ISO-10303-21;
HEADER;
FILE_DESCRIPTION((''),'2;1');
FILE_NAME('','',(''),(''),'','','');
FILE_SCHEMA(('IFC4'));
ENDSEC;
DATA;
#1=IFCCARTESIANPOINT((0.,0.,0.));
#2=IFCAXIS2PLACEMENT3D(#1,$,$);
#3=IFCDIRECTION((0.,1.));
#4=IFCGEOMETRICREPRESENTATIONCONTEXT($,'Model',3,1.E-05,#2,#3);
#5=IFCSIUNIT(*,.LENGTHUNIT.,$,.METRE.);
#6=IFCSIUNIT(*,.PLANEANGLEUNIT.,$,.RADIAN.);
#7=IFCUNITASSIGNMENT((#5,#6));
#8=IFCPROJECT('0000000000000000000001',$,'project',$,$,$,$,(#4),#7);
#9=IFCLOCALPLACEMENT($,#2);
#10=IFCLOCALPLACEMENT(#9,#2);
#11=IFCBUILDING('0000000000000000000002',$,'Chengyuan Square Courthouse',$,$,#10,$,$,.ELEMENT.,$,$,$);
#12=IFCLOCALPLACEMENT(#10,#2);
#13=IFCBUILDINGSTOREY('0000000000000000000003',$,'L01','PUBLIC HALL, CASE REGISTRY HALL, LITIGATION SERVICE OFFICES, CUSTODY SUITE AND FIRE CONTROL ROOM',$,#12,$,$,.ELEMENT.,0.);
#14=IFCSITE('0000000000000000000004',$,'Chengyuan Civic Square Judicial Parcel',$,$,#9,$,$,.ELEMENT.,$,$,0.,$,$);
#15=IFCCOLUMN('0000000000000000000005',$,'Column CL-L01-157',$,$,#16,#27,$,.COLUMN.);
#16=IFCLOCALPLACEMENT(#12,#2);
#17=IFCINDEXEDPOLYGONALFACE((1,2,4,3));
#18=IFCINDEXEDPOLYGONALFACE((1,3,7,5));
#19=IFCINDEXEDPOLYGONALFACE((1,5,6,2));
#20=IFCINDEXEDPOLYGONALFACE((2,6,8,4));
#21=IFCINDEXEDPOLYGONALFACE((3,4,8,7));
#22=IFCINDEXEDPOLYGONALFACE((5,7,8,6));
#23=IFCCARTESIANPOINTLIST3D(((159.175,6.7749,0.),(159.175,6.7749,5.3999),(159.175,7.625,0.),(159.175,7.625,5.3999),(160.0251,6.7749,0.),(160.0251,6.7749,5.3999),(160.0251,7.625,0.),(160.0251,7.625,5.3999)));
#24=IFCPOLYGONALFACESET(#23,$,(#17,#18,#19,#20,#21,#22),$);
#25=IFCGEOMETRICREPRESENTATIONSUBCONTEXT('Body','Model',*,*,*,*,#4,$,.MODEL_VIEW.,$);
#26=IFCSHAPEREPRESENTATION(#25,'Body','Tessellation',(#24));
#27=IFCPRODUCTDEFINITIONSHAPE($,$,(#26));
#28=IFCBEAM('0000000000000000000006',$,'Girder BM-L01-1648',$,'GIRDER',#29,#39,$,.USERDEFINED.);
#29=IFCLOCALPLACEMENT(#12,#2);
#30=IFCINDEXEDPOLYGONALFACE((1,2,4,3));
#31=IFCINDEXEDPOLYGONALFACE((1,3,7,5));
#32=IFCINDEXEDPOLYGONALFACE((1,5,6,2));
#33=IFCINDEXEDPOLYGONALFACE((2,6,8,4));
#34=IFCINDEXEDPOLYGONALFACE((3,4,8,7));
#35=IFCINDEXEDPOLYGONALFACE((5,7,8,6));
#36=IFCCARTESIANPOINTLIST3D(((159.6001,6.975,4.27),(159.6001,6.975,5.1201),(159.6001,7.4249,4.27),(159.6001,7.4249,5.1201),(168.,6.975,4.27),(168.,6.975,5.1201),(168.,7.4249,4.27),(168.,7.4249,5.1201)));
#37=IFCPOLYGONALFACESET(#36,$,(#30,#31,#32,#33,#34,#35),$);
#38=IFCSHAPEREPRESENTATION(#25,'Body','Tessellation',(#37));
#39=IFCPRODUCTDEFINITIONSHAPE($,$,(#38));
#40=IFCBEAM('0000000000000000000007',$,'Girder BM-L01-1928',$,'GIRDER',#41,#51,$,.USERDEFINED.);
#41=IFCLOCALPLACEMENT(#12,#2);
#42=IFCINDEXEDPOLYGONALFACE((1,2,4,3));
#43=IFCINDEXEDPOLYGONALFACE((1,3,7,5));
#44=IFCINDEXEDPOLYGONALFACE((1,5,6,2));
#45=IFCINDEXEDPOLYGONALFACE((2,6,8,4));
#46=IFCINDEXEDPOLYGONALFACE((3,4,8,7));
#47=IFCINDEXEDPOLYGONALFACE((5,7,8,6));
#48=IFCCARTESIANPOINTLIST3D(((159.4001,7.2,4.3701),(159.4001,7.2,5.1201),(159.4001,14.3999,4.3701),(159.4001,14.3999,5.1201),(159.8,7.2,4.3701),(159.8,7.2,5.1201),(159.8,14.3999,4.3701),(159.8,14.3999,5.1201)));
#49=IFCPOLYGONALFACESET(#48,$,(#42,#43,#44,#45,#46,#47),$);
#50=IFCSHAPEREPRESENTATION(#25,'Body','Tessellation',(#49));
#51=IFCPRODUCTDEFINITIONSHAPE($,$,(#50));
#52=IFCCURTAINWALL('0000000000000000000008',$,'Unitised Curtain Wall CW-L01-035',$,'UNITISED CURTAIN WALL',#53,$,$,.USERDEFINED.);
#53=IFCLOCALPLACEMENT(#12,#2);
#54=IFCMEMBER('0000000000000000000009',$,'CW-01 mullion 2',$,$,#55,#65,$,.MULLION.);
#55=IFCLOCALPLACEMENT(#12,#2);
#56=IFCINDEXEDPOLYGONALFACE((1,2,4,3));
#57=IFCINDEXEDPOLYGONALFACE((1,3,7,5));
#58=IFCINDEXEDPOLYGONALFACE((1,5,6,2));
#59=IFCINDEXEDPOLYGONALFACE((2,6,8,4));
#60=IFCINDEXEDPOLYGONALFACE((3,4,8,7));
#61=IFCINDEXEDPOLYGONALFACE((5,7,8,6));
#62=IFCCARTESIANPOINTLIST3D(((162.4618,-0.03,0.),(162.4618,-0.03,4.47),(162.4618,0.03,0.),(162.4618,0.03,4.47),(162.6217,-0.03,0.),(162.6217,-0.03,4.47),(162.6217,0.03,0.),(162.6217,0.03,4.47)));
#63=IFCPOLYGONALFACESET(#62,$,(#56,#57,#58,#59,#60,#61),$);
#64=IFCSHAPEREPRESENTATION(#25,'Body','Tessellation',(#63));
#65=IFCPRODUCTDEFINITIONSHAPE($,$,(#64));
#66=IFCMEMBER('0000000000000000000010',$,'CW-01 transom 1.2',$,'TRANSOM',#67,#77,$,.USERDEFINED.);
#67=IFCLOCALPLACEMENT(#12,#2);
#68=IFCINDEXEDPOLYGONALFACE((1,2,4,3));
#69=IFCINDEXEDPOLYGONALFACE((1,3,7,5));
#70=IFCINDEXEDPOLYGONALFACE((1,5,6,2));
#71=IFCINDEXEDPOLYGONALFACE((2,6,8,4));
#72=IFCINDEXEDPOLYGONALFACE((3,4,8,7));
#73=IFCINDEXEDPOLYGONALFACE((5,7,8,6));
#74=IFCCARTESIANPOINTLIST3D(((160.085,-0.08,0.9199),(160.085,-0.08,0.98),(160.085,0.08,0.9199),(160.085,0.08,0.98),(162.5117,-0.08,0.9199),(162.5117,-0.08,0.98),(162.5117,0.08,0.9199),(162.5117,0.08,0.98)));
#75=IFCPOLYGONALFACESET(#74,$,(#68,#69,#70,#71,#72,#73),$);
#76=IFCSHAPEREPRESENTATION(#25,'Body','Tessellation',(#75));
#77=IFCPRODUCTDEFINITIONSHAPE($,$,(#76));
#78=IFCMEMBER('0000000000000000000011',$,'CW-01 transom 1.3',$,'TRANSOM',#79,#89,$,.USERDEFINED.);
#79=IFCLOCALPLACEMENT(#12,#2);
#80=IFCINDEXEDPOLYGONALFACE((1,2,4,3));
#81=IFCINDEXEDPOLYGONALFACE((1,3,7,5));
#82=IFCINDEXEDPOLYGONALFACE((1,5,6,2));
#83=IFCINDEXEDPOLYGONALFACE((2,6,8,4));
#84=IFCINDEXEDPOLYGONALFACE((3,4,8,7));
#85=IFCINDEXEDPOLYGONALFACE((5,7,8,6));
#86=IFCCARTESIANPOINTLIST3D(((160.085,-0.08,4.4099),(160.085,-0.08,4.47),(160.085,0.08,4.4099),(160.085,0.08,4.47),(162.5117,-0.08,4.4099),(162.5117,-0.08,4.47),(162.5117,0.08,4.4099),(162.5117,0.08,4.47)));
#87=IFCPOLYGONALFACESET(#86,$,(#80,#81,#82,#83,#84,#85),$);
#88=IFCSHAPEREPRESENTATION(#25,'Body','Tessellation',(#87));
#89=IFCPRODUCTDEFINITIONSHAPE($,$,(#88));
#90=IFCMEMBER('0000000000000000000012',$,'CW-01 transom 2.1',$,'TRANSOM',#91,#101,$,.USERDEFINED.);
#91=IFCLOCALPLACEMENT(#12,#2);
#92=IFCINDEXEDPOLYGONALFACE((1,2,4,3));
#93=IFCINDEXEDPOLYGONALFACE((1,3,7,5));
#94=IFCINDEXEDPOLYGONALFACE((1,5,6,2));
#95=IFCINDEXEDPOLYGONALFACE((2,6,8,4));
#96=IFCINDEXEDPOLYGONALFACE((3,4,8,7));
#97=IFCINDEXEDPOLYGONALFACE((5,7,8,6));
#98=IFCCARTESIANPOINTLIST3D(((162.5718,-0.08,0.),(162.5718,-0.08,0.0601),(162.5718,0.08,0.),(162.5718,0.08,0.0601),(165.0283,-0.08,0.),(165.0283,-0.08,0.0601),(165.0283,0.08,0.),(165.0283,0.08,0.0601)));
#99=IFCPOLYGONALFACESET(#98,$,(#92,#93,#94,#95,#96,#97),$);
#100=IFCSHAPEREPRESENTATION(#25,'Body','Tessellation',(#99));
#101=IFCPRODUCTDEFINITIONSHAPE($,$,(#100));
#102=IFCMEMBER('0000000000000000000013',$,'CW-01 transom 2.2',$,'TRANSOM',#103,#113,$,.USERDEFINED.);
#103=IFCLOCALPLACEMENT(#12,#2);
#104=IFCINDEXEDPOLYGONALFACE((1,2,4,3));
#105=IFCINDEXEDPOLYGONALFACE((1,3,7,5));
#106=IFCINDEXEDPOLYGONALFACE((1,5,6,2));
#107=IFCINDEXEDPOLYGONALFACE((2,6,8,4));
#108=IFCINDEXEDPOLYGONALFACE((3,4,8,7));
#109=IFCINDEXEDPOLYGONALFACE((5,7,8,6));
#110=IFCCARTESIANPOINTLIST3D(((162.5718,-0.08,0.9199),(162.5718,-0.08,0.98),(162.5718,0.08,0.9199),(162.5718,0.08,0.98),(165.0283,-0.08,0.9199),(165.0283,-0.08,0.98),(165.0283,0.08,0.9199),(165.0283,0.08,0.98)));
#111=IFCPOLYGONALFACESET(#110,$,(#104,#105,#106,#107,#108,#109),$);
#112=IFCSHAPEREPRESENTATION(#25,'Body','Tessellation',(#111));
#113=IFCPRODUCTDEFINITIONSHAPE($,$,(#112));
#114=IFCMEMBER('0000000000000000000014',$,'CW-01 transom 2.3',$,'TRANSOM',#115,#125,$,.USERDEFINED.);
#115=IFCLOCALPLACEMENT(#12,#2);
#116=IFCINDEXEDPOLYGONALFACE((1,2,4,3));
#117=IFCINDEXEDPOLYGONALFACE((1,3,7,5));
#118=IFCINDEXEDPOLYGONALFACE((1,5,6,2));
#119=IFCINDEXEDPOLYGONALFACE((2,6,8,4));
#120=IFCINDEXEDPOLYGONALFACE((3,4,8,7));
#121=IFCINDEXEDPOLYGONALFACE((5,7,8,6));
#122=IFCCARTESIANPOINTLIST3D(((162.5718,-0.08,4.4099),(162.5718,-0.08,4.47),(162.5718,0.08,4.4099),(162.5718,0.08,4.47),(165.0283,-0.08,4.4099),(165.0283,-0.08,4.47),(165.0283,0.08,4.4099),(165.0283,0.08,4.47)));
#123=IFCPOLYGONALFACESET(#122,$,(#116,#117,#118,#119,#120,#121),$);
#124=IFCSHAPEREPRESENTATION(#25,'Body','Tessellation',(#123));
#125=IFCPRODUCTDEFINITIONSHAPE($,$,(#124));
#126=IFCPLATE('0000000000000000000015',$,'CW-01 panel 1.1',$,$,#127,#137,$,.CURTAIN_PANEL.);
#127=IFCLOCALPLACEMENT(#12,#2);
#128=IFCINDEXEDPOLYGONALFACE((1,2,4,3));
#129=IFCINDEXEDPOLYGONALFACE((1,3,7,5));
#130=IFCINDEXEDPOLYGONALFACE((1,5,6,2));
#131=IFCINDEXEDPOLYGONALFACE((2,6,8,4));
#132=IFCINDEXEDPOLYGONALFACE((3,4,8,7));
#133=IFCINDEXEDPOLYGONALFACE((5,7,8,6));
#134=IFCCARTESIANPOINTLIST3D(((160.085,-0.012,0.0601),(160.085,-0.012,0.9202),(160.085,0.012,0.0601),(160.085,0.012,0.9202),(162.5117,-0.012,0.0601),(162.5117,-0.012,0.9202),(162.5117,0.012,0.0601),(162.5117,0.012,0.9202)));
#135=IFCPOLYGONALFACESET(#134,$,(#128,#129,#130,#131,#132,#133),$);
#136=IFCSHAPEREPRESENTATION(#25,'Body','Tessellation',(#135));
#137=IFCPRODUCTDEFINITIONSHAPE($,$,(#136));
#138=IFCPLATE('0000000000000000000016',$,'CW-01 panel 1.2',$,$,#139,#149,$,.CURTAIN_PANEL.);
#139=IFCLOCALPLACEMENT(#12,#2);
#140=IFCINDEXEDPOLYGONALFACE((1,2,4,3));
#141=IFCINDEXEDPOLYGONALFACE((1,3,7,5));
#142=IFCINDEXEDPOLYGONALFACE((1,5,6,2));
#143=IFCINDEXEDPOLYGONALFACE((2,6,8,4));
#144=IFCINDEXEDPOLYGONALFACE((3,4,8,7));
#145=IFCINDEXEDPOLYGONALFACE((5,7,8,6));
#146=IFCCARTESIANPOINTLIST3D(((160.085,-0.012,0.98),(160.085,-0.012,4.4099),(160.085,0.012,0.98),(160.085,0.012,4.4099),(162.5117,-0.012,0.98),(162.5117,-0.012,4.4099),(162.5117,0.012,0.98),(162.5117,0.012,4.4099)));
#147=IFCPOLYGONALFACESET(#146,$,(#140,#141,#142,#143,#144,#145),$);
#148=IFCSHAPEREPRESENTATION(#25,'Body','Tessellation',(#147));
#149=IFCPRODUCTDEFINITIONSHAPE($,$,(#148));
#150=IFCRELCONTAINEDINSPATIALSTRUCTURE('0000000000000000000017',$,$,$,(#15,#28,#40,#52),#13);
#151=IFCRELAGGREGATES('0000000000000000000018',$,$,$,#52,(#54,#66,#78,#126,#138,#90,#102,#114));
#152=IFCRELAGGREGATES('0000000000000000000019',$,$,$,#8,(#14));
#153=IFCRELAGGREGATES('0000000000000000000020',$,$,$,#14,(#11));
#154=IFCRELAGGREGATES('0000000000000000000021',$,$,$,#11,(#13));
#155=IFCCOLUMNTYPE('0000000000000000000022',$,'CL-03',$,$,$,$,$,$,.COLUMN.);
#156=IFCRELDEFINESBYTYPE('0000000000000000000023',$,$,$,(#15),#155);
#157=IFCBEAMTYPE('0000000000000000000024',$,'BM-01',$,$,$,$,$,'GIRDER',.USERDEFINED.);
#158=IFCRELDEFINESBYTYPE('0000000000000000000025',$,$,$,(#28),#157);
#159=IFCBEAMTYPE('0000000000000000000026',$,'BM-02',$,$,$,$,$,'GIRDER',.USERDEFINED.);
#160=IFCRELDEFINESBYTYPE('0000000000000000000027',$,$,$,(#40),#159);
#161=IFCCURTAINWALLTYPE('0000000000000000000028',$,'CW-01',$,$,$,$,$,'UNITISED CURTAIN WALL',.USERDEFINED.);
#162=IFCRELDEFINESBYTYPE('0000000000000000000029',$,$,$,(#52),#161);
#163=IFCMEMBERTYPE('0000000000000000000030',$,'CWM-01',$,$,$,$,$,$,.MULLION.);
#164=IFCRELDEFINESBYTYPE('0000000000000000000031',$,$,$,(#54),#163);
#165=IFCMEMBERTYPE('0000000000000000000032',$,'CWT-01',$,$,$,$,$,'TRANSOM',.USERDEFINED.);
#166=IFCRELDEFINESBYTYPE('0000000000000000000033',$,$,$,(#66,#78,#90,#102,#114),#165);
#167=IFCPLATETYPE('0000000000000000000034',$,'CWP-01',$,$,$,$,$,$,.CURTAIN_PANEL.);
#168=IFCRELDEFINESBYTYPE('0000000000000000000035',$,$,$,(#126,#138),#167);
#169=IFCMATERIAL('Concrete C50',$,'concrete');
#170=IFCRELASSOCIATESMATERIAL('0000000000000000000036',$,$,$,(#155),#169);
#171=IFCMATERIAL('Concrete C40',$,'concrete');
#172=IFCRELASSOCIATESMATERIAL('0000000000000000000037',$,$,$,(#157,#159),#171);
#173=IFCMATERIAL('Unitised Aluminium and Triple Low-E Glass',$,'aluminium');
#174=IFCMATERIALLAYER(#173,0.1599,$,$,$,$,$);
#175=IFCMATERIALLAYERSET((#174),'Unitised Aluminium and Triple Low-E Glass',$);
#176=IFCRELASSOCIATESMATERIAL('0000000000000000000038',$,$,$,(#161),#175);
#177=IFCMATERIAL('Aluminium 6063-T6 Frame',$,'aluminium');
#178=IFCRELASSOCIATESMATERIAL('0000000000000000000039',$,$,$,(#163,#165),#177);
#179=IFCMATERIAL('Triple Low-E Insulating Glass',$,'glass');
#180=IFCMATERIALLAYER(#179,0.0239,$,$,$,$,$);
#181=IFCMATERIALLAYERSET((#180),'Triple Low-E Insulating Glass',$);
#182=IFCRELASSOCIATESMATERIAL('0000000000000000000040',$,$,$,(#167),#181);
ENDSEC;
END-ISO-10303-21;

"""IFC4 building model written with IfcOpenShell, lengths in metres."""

from ifc_helpers import new_model, si_unit, direction, frame, origin, origin_2d, place, context, subcontext, project, spatial, rectangle, extrude, material, layer, layer_set, material_profile, profile_set, type_object, element, aggregate, save


model = new_model("IFC4")

# Units and contexts
model_context = context("Model", 3, precision=1e-05, world=origin(), true_north=direction((0.0, 1.0)))
body_context = subcontext(model_context, "Body", "Model", "MODEL_VIEW")
ifc_project = project(units=[si_unit("LENGTHUNIT", "METRE"), si_unit("PLANEANGLEUNIT", "RADIAN")], contexts=[model_context])

# Site, building, storey
site_placement = place(None, origin())
site = spatial("IfcSite", under=ifc_project, at=site_placement, Name="Chengyuan Civic Square Judicial Parcel", CompositionType="ELEMENT", RefElevation=0.0)
building_placement = place(site_placement, origin())
building = spatial("IfcBuilding", under=site, at=building_placement, Name="Chengyuan Square Courthouse", CompositionType="ELEMENT")
storey_placement = place(building_placement, origin())
storey = spatial("IfcBuildingStorey", under=building, at=storey_placement, Name="L01", Description="PUBLIC HALL, CASE REGISTRY HALL, LITIGATION SERVICE OFFICES, CUSTODY SUITE AND FIRE CONTROL ROOM", CompositionType="ELEMENT", Elevation=0.0)

# Column
ifc_material_1 = material(Name="Concrete C50", Category="concrete")
ifc_material_profile_1 = material_profile(ifc_material_1, rectangle(XDim=0.8501, YDim=0.8501, at=origin_2d()), Name="RC-COL-850x850")
ifc_profile_set_1 = profile_set([ifc_material_profile_1], Name="Concrete C50")
column_type = type_object("IfcColumnType", Name="CL-03", PredefinedType="COLUMN", material=ifc_profile_set_1)
column_placement = place(storey_placement, frame((159.6001, 7.2, 0.0), z_axis=(0.0, 0.0, 1.0), x_axis=(1.0, 0.0, 0.0)))
element("IfcColumn", 1, at=column_placement, inside=storey, type_object=column_type, Name="Column CL-L01-157", PredefinedType="COLUMN", context=body_context, shape_type="SweptSolid", body=[
    extrude(rectangle(XDim=0.8501, YDim=0.8501, at=origin_2d()), origin(), (0.0, 0.0, 1.0), 5.3999),
])

# Beams
ifc_material_2 = material(Name="Concrete C40", Category="concrete")
ifc_material_profile_2 = material_profile(ifc_material_2, rectangle(XDim=0.45, YDim=0.8501, at=origin_2d()), Name="RC-BM-450x850")
ifc_profile_set_2 = profile_set([ifc_material_profile_2], Name="Concrete C40")
beam_type_1 = type_object("IfcBeamType", Name="BM-01", ElementType="GIRDER", PredefinedType="USERDEFINED", material=ifc_profile_set_2)
beam_1_placement = place(storey_placement, frame((159.6001, 7.2, 4.6951), z_axis=(1.0, 0.0, 0.0), x_axis=(0.0, 1.0, 0.0)))
element("IfcBeam", 2, at=beam_1_placement, inside=storey, type_object=beam_type_1, Name="Girder BM-L01-1648", ObjectType="GIRDER", PredefinedType="USERDEFINED", context=body_context, shape_type="SweptSolid", body=[
    extrude(rectangle(XDim=0.45, YDim=0.8501, at=origin_2d()), origin(), (0.0, 0.0, 1.0), 8.3999),
])
ifc_material_profile_3 = material_profile(ifc_material_2, rectangle(XDim=0.3999, YDim=0.75, at=origin_2d()), Name="RC-BM-400x750")
ifc_profile_set_3 = profile_set([ifc_material_profile_3], Name="Concrete C40")
beam_type_2 = type_object("IfcBeamType", Name="BM-02", ElementType="GIRDER", PredefinedType="USERDEFINED", material=ifc_profile_set_3)
beam_2_placement = place(storey_placement, frame((159.6001, 7.2, 4.7451), z_axis=(0.0, 1.0, 0.0), x_axis=(-1.0, 0.0, 0.0)))
element("IfcBeam", 3, at=beam_2_placement, inside=storey, type_object=beam_type_2, Name="Girder BM-L01-1928", ObjectType="GIRDER", PredefinedType="USERDEFINED", context=body_context, shape_type="SweptSolid", body=[
    extrude(rectangle(XDim=0.3999, YDim=0.75, at=origin_2d()), origin(), (0.0, 0.0, 1.0), 7.2),
])

# Curtain wall, members, plates
ifc_material_3 = material(Name="Unitised Aluminium and Triple Low-E Glass", Category="aluminium")
ifc_layer_1 = layer(ifc_material_3, 0.1599)
ifc_layer_set_1 = layer_set([ifc_layer_1], Name="Unitised Aluminium and Triple Low-E Glass")
curtain_wall_type = type_object("IfcCurtainWallType", Name="CW-01", ElementType="UNITISED CURTAIN WALL", PredefinedType="USERDEFINED", material=ifc_layer_set_1)
curtain_wall_placement = place(storey_placement, origin())
curtain_wall = element("IfcCurtainWall", 4, at=curtain_wall_placement, inside=storey, type_object=curtain_wall_type, Name="Unitised Curtain Wall CW-L01-035", ObjectType="UNITISED CURTAIN WALL", PredefinedType="USERDEFINED")
ifc_material_4 = material(Name="Aluminium 6063-T6 Frame", Category="aluminium")
ifc_material_profile_4 = material_profile(ifc_material_4, rectangle(XDim=0.0601, YDim=0.1599, at=origin_2d()), Name="CW-MUL-60x160")
ifc_profile_set_4 = profile_set([ifc_material_profile_4], Name="Aluminium 6063-T6 Frame")
member_type_1 = type_object("IfcMemberType", Name="CWM-01", PredefinedType="MULLION", material=ifc_profile_set_4)
member_1_placement = place(storey_placement, frame((162.5417, 0.0, 0.0), z_axis=(0.0, 0.0, 1.0), x_axis=(0.0, 1.0, 0.0)))
member_1 = element("IfcMember", 5, at=member_1_placement, type_object=member_type_1, Name="CW-01 mullion 2", PredefinedType="MULLION", context=body_context, shape_type="SweptSolid", body=[
    extrude(rectangle(XDim=0.0601, YDim=0.1599, at=origin_2d()), origin(), (0.0, 0.0, 1.0), 4.47),
])
ifc_material_profile_5 = material_profile(ifc_material_4, rectangle(XDim=0.1599, YDim=0.0601, at=origin_2d()), Name="CW-TRN-60x120")
ifc_profile_set_5 = profile_set([ifc_material_profile_5], Name="Aluminium 6063-T6 Frame")
member_type_2 = type_object("IfcMemberType", Name="CWT-01", ElementType="TRANSOM", PredefinedType="USERDEFINED", material=ifc_profile_set_5)
member_2_placement = place(storey_placement, frame((160.085, 0.0, 0.95), z_axis=(1.0, 0.0, 0.0), x_axis=(0.0, 1.0, 0.0)))
member_2 = element("IfcMember", 6, at=member_2_placement, type_object=member_type_2, Name="CW-01 transom 1.2", ObjectType="TRANSOM", PredefinedType="USERDEFINED", context=body_context, shape_type="SweptSolid", body=[
    extrude(rectangle(XDim=0.1599, YDim=0.0601, at=origin_2d()), origin(), (0.0, 0.0, 1.0), 2.4268),
])
member_3_placement = place(storey_placement, frame((160.085, 0.0, 4.4399), z_axis=(1.0, 0.0, 0.0), x_axis=(0.0, 1.0, 0.0)))
member_3 = element("IfcMember", 7, at=member_3_placement, type_object=member_type_2, Name="CW-01 transom 1.3", ObjectType="TRANSOM", PredefinedType="USERDEFINED", context=body_context, shape_type="SweptSolid", body=[
    extrude(rectangle(XDim=0.1599, YDim=0.0601, at=origin_2d()), origin(), (0.0, 0.0, 1.0), 2.4268),
])
member_4_placement = place(storey_placement, frame((162.5718, 0.0, 0.03), z_axis=(1.0, 0.0, 0.0), x_axis=(0.0, 1.0, 0.0)))
member_4 = element("IfcMember", 8, at=member_4_placement, type_object=member_type_2, Name="CW-01 transom 2.1", ObjectType="TRANSOM", PredefinedType="USERDEFINED", context=body_context, shape_type="SweptSolid", body=[
    extrude(rectangle(XDim=0.1599, YDim=0.0601, at=origin_2d()), origin(), (0.0, 0.0, 1.0), 2.4565),
])
member_5_placement = place(storey_placement, frame((162.5718, 0.0, 0.95), z_axis=(1.0, 0.0, 0.0), x_axis=(0.0, 1.0, 0.0)))
member_5 = element("IfcMember", 9, at=member_5_placement, type_object=member_type_2, Name="CW-01 transom 2.2", ObjectType="TRANSOM", PredefinedType="USERDEFINED", context=body_context, shape_type="SweptSolid", body=[
    extrude(rectangle(XDim=0.1599, YDim=0.0601, at=origin_2d()), origin(), (0.0, 0.0, 1.0), 2.4565),
])
member_6_placement = place(storey_placement, frame((162.5718, 0.0, 4.4399), z_axis=(1.0, 0.0, 0.0), x_axis=(0.0, 1.0, 0.0)))
member_6 = element("IfcMember", 10, at=member_6_placement, type_object=member_type_2, Name="CW-01 transom 2.3", ObjectType="TRANSOM", PredefinedType="USERDEFINED", context=body_context, shape_type="SweptSolid", body=[
    extrude(rectangle(XDim=0.1599, YDim=0.0601, at=origin_2d()), origin(), (0.0, 0.0, 1.0), 2.4565),
])
ifc_material_5 = material(Name="Triple Low-E Insulating Glass", Category="glass")
ifc_layer_2 = layer(ifc_material_5, 0.0239)
ifc_layer_set_2 = layer_set([ifc_layer_2], Name="Triple Low-E Insulating Glass")
plate_type = type_object("IfcPlateType", Name="CWP-01", PredefinedType="CURTAIN_PANEL", material=ifc_layer_set_2)
plate_1_placement = place(storey_placement, frame((161.2983, 0.0, 0.0601), z_axis=(0.0, 0.0, 1.0), x_axis=(1.0, 0.0, 0.0)))
plate_1 = element("IfcPlate", 11, at=plate_1_placement, type_object=plate_type, Name="CW-01 panel 1.1", PredefinedType="CURTAIN_PANEL", context=body_context, shape_type="SweptSolid", body=[
    extrude(rectangle(XDim=2.4268, YDim=0.0239, at=origin_2d()), origin(), (0.0, 0.0, 1.0), 0.8601),
])
plate_2_placement = place(storey_placement, frame((161.2983, 0.0, 0.98), z_axis=(0.0, 0.0, 1.0), x_axis=(1.0, 0.0, 0.0)))
plate_2 = element("IfcPlate", 12, at=plate_2_placement, type_object=plate_type, Name="CW-01 panel 1.2", PredefinedType="CURTAIN_PANEL", context=body_context, shape_type="SweptSolid", body=[
    extrude(rectangle(XDim=2.4268, YDim=0.0239, at=origin_2d()), origin(), (0.0, 0.0, 1.0), 3.4299),
])
aggregate(curtain_wall, [member_1, member_2, member_3, plate_1, plate_2, member_4, member_5, member_6])

save(model, "model.ifc")
